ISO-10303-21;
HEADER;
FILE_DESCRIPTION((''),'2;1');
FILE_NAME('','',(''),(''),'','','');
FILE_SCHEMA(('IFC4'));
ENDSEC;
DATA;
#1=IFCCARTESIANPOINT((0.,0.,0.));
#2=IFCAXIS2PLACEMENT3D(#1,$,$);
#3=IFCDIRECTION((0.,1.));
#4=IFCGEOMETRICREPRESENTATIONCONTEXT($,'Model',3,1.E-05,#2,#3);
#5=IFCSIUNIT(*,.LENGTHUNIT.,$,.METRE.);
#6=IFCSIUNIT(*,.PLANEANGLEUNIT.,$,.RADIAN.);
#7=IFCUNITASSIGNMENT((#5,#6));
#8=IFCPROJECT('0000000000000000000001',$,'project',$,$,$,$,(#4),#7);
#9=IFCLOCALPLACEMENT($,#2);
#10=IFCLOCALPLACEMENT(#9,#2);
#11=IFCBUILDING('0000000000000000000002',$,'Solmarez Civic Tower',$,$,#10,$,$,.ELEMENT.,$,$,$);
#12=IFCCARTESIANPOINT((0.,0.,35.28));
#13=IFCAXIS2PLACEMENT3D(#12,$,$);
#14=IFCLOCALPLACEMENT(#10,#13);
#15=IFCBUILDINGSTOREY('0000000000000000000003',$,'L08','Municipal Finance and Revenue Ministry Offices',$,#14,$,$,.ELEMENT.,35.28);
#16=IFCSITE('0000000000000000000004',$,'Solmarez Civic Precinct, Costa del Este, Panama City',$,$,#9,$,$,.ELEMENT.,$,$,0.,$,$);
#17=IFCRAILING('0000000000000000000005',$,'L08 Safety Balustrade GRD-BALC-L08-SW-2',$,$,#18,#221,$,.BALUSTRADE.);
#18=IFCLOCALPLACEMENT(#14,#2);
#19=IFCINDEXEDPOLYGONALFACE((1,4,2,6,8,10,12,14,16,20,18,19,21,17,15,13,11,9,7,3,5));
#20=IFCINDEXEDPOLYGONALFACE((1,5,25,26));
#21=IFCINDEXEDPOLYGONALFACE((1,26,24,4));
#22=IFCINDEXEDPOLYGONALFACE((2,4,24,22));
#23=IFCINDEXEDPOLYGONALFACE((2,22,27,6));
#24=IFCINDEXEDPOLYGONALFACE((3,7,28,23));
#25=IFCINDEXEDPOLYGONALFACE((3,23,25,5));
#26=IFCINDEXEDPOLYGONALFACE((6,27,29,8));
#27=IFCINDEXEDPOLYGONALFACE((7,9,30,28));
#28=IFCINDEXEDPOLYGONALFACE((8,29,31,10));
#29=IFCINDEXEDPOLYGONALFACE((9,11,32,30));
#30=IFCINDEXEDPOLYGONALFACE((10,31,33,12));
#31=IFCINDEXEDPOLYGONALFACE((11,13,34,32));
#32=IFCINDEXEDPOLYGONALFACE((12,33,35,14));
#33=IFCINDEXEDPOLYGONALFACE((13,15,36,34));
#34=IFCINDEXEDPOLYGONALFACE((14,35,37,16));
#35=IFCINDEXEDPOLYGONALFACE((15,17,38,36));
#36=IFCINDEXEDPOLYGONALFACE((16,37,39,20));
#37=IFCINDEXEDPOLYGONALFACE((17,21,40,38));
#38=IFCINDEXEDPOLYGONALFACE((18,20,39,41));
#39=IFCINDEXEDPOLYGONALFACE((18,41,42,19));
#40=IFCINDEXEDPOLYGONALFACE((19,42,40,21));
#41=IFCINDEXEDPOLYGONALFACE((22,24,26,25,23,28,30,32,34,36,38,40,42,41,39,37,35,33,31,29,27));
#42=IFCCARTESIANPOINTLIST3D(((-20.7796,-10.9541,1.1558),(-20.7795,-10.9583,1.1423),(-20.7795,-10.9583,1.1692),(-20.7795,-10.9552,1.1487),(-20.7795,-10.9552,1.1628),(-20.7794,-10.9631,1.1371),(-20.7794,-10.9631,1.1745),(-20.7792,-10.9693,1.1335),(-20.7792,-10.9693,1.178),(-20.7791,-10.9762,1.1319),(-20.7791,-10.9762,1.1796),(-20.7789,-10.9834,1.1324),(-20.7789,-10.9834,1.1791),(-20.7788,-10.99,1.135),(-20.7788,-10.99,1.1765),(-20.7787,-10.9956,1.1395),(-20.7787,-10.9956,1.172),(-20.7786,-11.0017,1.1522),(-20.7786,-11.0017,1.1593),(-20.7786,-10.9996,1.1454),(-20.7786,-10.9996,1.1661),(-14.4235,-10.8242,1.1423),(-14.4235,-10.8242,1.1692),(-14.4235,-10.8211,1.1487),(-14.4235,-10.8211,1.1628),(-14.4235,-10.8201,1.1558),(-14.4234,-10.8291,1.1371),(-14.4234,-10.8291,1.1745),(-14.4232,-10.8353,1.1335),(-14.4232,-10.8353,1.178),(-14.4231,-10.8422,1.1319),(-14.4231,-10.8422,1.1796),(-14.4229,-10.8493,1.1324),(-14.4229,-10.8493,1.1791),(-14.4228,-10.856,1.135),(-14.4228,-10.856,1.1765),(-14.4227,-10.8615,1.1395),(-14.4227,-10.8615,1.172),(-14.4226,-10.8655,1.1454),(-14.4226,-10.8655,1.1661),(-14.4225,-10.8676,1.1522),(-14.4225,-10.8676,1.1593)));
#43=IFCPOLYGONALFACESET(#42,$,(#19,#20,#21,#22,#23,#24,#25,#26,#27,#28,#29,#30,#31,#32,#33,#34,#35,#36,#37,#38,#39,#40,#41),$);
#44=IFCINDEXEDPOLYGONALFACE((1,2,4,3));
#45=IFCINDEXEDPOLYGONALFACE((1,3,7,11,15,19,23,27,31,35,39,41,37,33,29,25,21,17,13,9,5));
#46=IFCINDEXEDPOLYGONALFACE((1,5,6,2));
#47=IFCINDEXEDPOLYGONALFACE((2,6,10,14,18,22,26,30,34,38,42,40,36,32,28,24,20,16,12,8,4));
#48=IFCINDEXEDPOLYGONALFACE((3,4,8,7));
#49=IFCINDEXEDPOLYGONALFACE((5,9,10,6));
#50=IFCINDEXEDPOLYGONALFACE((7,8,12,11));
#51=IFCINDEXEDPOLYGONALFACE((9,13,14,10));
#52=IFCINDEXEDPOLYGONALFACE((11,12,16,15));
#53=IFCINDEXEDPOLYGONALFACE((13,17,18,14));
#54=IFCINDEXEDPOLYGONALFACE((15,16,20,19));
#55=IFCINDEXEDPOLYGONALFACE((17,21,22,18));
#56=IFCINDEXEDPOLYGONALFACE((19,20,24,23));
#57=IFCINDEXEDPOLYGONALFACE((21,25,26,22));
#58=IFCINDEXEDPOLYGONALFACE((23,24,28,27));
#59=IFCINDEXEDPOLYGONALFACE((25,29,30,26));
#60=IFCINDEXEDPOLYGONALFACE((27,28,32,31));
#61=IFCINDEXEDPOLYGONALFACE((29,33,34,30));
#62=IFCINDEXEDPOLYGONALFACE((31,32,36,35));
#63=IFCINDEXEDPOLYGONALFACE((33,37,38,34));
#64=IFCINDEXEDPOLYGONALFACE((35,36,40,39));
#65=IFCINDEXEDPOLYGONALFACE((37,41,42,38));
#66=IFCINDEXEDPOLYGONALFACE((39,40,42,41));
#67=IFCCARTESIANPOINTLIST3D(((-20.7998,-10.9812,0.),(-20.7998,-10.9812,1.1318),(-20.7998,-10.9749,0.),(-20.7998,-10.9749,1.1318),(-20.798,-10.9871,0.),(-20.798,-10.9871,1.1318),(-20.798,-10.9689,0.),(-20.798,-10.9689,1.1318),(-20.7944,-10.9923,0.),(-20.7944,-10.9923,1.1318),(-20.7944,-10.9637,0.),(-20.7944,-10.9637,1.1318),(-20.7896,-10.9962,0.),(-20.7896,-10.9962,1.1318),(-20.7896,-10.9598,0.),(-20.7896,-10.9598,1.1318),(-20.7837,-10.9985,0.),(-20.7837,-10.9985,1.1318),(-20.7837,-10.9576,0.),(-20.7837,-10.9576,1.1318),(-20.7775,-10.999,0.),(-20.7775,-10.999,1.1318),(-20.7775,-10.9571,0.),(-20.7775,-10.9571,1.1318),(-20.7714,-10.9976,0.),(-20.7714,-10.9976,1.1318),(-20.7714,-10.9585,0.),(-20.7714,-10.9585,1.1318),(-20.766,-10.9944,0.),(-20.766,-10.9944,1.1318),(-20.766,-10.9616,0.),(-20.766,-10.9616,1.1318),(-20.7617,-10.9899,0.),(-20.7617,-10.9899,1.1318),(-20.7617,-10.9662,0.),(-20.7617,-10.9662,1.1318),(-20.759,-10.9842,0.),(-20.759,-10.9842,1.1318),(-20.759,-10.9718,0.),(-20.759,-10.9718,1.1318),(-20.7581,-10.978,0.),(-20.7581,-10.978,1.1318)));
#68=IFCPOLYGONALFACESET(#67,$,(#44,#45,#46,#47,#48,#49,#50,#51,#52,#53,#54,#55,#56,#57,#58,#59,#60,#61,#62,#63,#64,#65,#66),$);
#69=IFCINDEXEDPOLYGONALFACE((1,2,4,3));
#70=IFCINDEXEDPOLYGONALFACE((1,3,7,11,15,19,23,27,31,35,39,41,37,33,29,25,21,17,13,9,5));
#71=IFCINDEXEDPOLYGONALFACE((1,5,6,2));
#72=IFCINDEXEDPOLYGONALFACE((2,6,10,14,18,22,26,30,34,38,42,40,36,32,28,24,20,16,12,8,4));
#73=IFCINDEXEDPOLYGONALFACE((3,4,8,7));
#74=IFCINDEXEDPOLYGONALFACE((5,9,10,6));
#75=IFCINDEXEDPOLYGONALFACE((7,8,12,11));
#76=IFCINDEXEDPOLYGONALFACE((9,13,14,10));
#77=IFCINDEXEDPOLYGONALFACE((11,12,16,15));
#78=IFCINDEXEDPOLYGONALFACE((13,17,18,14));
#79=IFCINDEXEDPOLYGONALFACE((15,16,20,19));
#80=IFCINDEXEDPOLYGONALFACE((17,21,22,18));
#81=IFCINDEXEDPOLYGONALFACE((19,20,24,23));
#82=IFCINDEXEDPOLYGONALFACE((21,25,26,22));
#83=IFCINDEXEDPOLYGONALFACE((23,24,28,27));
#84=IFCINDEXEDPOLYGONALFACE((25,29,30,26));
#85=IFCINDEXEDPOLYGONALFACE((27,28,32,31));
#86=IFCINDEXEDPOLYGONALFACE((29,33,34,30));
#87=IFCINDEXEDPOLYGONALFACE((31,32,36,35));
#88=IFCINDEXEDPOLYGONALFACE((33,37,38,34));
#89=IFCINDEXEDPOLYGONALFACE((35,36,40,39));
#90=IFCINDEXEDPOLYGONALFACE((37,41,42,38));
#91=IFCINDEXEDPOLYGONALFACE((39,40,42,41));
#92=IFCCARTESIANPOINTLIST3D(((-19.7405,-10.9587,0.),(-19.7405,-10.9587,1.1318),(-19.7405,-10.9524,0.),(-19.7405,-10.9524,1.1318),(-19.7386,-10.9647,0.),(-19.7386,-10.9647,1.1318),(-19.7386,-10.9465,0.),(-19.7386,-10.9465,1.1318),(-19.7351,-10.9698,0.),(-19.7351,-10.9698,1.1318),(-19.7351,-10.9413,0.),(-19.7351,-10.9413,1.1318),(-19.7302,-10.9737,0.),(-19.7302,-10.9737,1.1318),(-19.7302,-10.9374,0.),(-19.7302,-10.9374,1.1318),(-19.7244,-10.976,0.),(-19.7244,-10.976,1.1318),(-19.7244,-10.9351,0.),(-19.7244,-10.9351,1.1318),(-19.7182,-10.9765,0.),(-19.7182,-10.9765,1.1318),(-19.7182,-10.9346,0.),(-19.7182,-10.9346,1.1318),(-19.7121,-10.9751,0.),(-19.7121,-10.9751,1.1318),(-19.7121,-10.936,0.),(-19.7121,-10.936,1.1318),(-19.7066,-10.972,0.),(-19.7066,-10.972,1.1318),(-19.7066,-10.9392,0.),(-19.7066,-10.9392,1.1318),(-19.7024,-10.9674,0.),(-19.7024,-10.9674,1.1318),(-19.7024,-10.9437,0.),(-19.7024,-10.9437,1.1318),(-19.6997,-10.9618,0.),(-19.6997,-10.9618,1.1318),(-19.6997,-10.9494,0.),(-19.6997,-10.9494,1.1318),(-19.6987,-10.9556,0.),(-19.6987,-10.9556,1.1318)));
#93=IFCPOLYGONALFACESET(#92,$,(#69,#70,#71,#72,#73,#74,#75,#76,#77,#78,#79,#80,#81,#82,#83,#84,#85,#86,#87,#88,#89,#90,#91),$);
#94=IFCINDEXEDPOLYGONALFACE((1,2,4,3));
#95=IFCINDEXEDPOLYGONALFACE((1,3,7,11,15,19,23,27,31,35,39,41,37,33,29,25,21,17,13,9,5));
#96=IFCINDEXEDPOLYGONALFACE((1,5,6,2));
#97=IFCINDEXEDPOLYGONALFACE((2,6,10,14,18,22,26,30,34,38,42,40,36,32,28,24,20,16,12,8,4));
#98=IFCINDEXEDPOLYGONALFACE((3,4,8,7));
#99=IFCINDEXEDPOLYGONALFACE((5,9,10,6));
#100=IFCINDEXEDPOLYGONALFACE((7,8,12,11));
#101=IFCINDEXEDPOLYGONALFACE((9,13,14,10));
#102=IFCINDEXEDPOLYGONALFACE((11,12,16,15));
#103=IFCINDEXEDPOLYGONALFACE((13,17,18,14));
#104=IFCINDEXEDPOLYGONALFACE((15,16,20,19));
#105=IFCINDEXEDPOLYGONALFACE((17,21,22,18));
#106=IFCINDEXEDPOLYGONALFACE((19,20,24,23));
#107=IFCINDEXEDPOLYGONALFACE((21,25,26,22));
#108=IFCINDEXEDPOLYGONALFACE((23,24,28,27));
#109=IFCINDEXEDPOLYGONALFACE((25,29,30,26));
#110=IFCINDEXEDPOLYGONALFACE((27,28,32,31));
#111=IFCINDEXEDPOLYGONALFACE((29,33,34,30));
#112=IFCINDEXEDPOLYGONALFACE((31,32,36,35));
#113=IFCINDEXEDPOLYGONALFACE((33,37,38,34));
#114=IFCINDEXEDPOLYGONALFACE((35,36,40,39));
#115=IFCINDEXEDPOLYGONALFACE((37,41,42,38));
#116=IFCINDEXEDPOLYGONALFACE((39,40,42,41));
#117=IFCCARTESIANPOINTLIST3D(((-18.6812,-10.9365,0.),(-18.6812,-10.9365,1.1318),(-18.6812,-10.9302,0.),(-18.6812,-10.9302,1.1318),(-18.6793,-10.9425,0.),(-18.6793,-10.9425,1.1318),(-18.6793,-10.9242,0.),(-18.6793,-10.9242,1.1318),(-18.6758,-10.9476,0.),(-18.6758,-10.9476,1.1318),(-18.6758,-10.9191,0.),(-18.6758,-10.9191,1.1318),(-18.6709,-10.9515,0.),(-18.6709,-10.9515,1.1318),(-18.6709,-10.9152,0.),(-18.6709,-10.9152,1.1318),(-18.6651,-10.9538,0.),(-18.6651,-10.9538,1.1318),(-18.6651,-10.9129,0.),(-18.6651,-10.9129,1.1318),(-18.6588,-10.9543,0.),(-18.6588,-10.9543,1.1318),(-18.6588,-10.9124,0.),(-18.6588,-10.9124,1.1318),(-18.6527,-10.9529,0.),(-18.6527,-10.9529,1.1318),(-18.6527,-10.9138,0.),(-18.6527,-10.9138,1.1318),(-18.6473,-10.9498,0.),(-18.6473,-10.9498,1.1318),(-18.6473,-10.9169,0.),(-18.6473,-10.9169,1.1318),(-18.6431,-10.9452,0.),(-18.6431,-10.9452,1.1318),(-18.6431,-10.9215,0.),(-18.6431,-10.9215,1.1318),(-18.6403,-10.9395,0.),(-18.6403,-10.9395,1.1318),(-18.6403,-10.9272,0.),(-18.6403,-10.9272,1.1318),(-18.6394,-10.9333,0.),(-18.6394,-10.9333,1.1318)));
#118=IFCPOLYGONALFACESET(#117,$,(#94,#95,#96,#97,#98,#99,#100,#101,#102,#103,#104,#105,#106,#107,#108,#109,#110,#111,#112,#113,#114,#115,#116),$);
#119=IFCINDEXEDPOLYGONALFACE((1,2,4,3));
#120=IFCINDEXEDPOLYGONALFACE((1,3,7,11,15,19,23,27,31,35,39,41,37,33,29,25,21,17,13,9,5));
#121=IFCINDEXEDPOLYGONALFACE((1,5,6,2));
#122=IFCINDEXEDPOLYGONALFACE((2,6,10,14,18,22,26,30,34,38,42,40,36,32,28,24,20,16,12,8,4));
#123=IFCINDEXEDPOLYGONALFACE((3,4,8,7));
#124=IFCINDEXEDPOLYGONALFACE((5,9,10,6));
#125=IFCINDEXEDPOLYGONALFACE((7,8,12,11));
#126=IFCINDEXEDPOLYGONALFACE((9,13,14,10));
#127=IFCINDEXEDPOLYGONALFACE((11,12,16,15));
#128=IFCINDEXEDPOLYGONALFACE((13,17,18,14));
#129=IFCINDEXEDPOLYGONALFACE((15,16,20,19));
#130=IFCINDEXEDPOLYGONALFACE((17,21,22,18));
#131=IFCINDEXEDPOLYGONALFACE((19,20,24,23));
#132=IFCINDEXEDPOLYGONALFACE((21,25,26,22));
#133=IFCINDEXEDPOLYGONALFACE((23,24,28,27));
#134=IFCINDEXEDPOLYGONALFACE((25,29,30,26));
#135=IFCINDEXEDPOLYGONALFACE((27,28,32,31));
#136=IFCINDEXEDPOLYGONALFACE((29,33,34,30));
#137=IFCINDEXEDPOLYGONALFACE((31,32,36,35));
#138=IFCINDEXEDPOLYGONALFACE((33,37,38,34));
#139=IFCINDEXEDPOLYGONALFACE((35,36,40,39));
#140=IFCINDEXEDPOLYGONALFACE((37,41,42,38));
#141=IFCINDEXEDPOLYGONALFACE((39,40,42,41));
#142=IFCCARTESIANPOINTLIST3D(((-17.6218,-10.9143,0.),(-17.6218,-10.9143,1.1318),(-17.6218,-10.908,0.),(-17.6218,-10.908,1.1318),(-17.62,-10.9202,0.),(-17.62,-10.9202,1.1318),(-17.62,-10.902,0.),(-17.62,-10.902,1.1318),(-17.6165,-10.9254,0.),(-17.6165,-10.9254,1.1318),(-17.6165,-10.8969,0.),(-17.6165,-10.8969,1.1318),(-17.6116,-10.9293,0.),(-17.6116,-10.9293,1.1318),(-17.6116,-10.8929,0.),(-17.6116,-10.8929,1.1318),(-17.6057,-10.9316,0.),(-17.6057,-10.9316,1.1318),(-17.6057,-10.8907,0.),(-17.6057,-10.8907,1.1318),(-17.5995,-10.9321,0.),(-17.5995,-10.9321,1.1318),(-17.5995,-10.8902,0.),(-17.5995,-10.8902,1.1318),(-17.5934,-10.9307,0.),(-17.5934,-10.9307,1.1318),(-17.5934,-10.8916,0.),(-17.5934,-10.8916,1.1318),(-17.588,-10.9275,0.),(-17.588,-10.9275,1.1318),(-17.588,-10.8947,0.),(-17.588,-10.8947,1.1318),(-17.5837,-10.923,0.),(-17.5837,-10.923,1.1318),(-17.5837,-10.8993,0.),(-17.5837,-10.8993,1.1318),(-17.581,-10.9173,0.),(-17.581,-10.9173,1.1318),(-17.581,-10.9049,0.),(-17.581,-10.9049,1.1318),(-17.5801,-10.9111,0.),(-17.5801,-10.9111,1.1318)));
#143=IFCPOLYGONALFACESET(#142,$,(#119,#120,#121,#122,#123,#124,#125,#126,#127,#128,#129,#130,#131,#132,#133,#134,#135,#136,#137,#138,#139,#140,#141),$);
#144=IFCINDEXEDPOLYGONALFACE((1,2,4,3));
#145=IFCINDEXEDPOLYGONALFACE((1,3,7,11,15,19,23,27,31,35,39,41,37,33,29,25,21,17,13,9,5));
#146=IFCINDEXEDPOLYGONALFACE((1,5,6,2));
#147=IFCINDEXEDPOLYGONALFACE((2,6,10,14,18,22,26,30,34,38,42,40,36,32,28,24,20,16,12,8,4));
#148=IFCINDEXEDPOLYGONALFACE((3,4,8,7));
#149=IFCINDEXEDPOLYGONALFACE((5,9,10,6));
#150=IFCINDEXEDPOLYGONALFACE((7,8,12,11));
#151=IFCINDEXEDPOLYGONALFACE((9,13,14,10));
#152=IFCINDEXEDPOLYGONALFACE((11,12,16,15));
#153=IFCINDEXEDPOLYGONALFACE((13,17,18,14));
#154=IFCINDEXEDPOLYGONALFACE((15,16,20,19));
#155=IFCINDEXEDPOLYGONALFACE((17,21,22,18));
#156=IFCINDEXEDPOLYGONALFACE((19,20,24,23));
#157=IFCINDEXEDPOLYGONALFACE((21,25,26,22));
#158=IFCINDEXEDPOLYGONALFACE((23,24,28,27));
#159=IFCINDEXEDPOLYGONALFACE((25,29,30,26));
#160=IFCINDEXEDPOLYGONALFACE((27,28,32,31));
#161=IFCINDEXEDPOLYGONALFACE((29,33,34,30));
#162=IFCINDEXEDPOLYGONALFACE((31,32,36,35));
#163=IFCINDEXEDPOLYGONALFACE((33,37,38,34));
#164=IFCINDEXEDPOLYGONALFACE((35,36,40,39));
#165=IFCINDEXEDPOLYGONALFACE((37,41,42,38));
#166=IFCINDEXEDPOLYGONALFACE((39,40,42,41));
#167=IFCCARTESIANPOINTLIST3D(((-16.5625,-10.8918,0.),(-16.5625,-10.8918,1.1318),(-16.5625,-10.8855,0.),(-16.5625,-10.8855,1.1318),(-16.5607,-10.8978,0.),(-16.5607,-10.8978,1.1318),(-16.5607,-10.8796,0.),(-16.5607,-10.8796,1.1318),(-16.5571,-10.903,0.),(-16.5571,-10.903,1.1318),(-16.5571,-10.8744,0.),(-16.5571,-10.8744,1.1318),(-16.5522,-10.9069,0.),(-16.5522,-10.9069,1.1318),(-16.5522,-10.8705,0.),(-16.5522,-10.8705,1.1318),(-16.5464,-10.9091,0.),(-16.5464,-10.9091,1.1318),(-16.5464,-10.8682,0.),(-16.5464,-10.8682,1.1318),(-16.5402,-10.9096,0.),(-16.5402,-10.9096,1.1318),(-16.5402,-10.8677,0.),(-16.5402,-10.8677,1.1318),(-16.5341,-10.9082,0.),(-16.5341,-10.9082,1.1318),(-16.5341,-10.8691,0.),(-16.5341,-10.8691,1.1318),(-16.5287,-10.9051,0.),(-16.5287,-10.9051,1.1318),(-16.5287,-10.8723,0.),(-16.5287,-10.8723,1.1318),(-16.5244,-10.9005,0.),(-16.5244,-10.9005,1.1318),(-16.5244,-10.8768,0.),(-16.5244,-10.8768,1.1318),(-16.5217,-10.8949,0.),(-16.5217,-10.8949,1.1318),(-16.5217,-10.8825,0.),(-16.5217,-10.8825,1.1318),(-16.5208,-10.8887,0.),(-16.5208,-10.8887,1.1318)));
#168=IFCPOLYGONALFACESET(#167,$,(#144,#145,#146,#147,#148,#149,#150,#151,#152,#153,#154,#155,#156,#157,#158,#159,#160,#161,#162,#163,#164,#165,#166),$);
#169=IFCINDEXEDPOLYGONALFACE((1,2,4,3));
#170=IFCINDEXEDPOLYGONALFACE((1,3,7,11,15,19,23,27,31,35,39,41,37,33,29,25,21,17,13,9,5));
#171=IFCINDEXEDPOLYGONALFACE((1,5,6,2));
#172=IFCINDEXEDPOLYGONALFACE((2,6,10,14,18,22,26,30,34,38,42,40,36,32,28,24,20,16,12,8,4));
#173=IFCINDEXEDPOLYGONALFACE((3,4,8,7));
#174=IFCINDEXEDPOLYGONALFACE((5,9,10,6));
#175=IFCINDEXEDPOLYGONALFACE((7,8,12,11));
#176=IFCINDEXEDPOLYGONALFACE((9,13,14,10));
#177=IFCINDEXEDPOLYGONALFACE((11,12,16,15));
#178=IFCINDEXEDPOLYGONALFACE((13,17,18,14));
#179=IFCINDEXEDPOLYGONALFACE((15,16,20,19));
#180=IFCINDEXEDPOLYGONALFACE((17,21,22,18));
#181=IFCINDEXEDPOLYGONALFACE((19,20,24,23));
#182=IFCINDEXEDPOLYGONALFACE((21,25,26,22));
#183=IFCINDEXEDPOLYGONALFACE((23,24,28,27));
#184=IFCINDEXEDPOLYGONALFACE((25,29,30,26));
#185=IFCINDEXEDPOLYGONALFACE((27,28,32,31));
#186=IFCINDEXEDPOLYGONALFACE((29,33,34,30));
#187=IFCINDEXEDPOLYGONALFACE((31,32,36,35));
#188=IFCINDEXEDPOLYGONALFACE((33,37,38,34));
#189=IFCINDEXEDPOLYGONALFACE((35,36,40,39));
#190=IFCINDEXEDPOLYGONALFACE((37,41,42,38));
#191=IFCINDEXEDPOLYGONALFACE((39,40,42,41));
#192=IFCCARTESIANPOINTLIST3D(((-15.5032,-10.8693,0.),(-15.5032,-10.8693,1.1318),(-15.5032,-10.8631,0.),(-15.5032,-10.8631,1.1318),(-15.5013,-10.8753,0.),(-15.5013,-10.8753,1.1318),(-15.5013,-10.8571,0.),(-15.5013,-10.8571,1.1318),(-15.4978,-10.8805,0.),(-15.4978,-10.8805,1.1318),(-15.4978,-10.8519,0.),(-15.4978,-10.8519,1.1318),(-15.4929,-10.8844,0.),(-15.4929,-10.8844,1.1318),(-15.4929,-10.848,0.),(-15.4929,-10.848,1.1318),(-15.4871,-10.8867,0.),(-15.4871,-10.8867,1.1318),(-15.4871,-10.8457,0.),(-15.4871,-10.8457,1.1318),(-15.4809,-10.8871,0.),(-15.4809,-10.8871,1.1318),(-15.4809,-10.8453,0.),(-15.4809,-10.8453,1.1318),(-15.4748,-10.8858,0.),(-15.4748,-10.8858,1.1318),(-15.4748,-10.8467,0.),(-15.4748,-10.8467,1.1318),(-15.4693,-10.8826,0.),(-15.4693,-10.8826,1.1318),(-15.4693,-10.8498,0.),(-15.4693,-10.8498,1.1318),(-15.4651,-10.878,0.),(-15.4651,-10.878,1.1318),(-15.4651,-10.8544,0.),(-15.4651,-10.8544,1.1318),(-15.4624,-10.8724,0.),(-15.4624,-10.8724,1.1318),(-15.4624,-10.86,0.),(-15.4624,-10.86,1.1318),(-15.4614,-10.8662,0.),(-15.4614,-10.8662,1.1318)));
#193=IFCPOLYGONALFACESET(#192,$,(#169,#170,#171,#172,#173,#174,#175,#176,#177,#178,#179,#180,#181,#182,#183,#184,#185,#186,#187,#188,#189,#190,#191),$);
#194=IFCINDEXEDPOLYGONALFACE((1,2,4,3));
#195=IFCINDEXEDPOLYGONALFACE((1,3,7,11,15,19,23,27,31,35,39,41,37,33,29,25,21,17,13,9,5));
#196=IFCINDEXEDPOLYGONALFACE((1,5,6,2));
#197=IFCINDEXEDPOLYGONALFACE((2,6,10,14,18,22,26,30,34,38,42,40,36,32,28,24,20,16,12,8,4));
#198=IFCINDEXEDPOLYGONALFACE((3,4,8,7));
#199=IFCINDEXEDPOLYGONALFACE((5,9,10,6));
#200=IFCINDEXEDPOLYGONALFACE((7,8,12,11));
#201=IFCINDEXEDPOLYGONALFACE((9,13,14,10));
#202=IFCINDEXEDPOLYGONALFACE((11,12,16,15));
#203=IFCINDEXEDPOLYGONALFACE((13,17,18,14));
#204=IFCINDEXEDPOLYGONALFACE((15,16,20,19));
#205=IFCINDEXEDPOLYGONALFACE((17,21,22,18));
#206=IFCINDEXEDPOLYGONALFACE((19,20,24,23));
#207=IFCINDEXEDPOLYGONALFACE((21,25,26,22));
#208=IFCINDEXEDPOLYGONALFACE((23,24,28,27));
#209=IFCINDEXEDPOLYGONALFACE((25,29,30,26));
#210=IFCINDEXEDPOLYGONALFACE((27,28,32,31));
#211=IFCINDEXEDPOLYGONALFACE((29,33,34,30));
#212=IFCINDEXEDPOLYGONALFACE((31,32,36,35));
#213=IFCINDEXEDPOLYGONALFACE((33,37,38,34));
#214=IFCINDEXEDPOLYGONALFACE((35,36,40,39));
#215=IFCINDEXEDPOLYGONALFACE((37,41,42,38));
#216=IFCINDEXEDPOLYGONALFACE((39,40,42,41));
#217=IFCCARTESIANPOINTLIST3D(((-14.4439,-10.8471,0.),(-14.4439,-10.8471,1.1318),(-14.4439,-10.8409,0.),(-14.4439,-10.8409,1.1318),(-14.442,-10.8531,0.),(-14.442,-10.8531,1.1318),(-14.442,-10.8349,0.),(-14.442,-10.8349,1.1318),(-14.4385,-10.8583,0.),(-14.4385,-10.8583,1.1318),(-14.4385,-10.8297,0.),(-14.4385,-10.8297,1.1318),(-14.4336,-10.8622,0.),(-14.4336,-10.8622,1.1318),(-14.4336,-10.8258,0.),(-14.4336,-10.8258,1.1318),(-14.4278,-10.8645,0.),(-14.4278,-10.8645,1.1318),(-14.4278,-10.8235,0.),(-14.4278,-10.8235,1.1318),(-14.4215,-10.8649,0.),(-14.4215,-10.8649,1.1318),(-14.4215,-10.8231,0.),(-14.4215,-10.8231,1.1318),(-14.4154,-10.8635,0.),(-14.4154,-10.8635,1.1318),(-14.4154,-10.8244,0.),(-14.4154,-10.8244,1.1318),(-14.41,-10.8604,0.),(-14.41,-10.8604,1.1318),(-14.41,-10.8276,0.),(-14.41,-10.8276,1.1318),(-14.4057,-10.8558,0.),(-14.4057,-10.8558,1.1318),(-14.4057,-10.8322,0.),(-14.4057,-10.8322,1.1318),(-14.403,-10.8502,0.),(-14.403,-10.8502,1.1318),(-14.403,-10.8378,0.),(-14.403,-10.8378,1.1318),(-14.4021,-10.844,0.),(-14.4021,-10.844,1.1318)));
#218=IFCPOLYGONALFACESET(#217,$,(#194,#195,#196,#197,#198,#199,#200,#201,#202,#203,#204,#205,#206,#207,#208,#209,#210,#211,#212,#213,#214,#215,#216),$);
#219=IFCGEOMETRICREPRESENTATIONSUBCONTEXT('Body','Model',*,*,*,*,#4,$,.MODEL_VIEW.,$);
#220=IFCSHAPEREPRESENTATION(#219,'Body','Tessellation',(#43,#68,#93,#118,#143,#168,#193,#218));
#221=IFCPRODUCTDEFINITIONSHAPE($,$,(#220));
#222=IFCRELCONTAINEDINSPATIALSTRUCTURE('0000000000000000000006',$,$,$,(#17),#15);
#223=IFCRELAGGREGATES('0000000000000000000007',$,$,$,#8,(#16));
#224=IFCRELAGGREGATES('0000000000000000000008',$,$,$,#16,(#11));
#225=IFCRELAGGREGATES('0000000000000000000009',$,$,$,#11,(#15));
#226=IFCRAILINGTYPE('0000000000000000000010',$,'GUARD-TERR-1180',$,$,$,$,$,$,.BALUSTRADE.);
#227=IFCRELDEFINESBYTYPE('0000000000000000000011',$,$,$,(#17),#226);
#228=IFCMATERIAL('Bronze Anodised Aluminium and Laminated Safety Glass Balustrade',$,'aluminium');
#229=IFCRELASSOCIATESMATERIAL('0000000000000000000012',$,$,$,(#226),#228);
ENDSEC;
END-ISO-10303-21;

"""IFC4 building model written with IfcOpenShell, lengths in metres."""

from ifc_helpers import new_model, si_unit, direction, frame, origin, origin_2d, place, context, subcontext, project, spatial, circle, extrude, material, type_object, element, save


model = new_model("IFC4")

# Units and contexts
model_context = context("Model", 3, precision=1e-05, world=origin(), true_north=direction((0.0, 1.0)))
body_context = subcontext(model_context, "Body", "Model", "MODEL_VIEW")
ifc_project = project(units=[si_unit("LENGTHUNIT", "METRE"), si_unit("PLANEANGLEUNIT", "RADIAN")], contexts=[model_context])

# Site, building, storey
site_placement = place(None, origin())
site = spatial("IfcSite", under=ifc_project, at=site_placement, Name="Solmarez Civic Precinct, Costa del Este, Panama City", CompositionType="ELEMENT", RefElevation=0.0)
building_placement = place(site_placement, origin())
building = spatial("IfcBuilding", under=site, at=building_placement, Name="Solmarez Civic Tower", CompositionType="ELEMENT")
storey_placement = place(building_placement, frame((0.0, 0.0, 35.28)))
storey = spatial("IfcBuildingStorey", under=building, at=storey_placement, Name="L08", Description="Municipal Finance and Revenue Ministry Offices", CompositionType="ELEMENT", Elevation=35.28)

# Railing
ifc_material_1 = material(Name="Bronze Anodised Aluminium and Laminated Safety Glass Balustrade", Category="aluminium")
railing_type = type_object("IfcRailingType", Name="GUARD-TERR-1180", PredefinedType="BALUSTRADE", material=ifc_material_1)
railing_1_placement = place(storey_placement, frame((-20.7791, -10.978, 0.0)))
element("IfcRailing", 1, at=railing_1_placement, inside=storey, type_object=railing_type, Name="L08 Safety Balustrade GRD-BALC-L08-SW-2", PredefinedType="BALUSTRADE", context=body_context, shape_type="SweptSolid", body=[
    extrude(circle(Radius=0.0239, at=origin_2d()), frame((0.0, 0.0, 1.1558), z_axis=(0.999778, 0.021083, 0.0), x_axis=(-0.021083, 0.999778, 0.0)), (0.0, 0.0, 1.0), 6.3574),
    extrude(circle(Radius=0.021, at=origin_2d()), origin(), (0.0, 0.0, 1.0), 1.1318),
    extrude(circle(Radius=0.021, at=origin_2d()), frame((1.0593, 0.0225, 0.0)), (0.0, 0.0, 1.0), 1.1318),
    extrude(circle(Radius=0.021, at=origin_2d()), frame((2.1187, 0.0447, 0.0)), (0.0, 0.0, 1.0), 1.1318),
    extrude(circle(Radius=0.021, at=origin_2d()), frame((3.178, 0.0669, 0.0)), (0.0, 0.0, 1.0), 1.1318),
    extrude(circle(Radius=0.021, at=origin_2d()), frame((4.2373, 0.0894, 0.0)), (0.0, 0.0, 1.0), 1.1318),
    extrude(circle(Radius=0.021, at=origin_2d()), frame((5.2966, 0.1118, 0.0)), (0.0, 0.0, 1.0), 1.1318),
    extrude(circle(Radius=0.021, at=origin_2d()), frame((6.356, 0.134, 0.0)), (0.0, 0.0, 1.0), 1.1318),
])

save(model, "model.ifc")
